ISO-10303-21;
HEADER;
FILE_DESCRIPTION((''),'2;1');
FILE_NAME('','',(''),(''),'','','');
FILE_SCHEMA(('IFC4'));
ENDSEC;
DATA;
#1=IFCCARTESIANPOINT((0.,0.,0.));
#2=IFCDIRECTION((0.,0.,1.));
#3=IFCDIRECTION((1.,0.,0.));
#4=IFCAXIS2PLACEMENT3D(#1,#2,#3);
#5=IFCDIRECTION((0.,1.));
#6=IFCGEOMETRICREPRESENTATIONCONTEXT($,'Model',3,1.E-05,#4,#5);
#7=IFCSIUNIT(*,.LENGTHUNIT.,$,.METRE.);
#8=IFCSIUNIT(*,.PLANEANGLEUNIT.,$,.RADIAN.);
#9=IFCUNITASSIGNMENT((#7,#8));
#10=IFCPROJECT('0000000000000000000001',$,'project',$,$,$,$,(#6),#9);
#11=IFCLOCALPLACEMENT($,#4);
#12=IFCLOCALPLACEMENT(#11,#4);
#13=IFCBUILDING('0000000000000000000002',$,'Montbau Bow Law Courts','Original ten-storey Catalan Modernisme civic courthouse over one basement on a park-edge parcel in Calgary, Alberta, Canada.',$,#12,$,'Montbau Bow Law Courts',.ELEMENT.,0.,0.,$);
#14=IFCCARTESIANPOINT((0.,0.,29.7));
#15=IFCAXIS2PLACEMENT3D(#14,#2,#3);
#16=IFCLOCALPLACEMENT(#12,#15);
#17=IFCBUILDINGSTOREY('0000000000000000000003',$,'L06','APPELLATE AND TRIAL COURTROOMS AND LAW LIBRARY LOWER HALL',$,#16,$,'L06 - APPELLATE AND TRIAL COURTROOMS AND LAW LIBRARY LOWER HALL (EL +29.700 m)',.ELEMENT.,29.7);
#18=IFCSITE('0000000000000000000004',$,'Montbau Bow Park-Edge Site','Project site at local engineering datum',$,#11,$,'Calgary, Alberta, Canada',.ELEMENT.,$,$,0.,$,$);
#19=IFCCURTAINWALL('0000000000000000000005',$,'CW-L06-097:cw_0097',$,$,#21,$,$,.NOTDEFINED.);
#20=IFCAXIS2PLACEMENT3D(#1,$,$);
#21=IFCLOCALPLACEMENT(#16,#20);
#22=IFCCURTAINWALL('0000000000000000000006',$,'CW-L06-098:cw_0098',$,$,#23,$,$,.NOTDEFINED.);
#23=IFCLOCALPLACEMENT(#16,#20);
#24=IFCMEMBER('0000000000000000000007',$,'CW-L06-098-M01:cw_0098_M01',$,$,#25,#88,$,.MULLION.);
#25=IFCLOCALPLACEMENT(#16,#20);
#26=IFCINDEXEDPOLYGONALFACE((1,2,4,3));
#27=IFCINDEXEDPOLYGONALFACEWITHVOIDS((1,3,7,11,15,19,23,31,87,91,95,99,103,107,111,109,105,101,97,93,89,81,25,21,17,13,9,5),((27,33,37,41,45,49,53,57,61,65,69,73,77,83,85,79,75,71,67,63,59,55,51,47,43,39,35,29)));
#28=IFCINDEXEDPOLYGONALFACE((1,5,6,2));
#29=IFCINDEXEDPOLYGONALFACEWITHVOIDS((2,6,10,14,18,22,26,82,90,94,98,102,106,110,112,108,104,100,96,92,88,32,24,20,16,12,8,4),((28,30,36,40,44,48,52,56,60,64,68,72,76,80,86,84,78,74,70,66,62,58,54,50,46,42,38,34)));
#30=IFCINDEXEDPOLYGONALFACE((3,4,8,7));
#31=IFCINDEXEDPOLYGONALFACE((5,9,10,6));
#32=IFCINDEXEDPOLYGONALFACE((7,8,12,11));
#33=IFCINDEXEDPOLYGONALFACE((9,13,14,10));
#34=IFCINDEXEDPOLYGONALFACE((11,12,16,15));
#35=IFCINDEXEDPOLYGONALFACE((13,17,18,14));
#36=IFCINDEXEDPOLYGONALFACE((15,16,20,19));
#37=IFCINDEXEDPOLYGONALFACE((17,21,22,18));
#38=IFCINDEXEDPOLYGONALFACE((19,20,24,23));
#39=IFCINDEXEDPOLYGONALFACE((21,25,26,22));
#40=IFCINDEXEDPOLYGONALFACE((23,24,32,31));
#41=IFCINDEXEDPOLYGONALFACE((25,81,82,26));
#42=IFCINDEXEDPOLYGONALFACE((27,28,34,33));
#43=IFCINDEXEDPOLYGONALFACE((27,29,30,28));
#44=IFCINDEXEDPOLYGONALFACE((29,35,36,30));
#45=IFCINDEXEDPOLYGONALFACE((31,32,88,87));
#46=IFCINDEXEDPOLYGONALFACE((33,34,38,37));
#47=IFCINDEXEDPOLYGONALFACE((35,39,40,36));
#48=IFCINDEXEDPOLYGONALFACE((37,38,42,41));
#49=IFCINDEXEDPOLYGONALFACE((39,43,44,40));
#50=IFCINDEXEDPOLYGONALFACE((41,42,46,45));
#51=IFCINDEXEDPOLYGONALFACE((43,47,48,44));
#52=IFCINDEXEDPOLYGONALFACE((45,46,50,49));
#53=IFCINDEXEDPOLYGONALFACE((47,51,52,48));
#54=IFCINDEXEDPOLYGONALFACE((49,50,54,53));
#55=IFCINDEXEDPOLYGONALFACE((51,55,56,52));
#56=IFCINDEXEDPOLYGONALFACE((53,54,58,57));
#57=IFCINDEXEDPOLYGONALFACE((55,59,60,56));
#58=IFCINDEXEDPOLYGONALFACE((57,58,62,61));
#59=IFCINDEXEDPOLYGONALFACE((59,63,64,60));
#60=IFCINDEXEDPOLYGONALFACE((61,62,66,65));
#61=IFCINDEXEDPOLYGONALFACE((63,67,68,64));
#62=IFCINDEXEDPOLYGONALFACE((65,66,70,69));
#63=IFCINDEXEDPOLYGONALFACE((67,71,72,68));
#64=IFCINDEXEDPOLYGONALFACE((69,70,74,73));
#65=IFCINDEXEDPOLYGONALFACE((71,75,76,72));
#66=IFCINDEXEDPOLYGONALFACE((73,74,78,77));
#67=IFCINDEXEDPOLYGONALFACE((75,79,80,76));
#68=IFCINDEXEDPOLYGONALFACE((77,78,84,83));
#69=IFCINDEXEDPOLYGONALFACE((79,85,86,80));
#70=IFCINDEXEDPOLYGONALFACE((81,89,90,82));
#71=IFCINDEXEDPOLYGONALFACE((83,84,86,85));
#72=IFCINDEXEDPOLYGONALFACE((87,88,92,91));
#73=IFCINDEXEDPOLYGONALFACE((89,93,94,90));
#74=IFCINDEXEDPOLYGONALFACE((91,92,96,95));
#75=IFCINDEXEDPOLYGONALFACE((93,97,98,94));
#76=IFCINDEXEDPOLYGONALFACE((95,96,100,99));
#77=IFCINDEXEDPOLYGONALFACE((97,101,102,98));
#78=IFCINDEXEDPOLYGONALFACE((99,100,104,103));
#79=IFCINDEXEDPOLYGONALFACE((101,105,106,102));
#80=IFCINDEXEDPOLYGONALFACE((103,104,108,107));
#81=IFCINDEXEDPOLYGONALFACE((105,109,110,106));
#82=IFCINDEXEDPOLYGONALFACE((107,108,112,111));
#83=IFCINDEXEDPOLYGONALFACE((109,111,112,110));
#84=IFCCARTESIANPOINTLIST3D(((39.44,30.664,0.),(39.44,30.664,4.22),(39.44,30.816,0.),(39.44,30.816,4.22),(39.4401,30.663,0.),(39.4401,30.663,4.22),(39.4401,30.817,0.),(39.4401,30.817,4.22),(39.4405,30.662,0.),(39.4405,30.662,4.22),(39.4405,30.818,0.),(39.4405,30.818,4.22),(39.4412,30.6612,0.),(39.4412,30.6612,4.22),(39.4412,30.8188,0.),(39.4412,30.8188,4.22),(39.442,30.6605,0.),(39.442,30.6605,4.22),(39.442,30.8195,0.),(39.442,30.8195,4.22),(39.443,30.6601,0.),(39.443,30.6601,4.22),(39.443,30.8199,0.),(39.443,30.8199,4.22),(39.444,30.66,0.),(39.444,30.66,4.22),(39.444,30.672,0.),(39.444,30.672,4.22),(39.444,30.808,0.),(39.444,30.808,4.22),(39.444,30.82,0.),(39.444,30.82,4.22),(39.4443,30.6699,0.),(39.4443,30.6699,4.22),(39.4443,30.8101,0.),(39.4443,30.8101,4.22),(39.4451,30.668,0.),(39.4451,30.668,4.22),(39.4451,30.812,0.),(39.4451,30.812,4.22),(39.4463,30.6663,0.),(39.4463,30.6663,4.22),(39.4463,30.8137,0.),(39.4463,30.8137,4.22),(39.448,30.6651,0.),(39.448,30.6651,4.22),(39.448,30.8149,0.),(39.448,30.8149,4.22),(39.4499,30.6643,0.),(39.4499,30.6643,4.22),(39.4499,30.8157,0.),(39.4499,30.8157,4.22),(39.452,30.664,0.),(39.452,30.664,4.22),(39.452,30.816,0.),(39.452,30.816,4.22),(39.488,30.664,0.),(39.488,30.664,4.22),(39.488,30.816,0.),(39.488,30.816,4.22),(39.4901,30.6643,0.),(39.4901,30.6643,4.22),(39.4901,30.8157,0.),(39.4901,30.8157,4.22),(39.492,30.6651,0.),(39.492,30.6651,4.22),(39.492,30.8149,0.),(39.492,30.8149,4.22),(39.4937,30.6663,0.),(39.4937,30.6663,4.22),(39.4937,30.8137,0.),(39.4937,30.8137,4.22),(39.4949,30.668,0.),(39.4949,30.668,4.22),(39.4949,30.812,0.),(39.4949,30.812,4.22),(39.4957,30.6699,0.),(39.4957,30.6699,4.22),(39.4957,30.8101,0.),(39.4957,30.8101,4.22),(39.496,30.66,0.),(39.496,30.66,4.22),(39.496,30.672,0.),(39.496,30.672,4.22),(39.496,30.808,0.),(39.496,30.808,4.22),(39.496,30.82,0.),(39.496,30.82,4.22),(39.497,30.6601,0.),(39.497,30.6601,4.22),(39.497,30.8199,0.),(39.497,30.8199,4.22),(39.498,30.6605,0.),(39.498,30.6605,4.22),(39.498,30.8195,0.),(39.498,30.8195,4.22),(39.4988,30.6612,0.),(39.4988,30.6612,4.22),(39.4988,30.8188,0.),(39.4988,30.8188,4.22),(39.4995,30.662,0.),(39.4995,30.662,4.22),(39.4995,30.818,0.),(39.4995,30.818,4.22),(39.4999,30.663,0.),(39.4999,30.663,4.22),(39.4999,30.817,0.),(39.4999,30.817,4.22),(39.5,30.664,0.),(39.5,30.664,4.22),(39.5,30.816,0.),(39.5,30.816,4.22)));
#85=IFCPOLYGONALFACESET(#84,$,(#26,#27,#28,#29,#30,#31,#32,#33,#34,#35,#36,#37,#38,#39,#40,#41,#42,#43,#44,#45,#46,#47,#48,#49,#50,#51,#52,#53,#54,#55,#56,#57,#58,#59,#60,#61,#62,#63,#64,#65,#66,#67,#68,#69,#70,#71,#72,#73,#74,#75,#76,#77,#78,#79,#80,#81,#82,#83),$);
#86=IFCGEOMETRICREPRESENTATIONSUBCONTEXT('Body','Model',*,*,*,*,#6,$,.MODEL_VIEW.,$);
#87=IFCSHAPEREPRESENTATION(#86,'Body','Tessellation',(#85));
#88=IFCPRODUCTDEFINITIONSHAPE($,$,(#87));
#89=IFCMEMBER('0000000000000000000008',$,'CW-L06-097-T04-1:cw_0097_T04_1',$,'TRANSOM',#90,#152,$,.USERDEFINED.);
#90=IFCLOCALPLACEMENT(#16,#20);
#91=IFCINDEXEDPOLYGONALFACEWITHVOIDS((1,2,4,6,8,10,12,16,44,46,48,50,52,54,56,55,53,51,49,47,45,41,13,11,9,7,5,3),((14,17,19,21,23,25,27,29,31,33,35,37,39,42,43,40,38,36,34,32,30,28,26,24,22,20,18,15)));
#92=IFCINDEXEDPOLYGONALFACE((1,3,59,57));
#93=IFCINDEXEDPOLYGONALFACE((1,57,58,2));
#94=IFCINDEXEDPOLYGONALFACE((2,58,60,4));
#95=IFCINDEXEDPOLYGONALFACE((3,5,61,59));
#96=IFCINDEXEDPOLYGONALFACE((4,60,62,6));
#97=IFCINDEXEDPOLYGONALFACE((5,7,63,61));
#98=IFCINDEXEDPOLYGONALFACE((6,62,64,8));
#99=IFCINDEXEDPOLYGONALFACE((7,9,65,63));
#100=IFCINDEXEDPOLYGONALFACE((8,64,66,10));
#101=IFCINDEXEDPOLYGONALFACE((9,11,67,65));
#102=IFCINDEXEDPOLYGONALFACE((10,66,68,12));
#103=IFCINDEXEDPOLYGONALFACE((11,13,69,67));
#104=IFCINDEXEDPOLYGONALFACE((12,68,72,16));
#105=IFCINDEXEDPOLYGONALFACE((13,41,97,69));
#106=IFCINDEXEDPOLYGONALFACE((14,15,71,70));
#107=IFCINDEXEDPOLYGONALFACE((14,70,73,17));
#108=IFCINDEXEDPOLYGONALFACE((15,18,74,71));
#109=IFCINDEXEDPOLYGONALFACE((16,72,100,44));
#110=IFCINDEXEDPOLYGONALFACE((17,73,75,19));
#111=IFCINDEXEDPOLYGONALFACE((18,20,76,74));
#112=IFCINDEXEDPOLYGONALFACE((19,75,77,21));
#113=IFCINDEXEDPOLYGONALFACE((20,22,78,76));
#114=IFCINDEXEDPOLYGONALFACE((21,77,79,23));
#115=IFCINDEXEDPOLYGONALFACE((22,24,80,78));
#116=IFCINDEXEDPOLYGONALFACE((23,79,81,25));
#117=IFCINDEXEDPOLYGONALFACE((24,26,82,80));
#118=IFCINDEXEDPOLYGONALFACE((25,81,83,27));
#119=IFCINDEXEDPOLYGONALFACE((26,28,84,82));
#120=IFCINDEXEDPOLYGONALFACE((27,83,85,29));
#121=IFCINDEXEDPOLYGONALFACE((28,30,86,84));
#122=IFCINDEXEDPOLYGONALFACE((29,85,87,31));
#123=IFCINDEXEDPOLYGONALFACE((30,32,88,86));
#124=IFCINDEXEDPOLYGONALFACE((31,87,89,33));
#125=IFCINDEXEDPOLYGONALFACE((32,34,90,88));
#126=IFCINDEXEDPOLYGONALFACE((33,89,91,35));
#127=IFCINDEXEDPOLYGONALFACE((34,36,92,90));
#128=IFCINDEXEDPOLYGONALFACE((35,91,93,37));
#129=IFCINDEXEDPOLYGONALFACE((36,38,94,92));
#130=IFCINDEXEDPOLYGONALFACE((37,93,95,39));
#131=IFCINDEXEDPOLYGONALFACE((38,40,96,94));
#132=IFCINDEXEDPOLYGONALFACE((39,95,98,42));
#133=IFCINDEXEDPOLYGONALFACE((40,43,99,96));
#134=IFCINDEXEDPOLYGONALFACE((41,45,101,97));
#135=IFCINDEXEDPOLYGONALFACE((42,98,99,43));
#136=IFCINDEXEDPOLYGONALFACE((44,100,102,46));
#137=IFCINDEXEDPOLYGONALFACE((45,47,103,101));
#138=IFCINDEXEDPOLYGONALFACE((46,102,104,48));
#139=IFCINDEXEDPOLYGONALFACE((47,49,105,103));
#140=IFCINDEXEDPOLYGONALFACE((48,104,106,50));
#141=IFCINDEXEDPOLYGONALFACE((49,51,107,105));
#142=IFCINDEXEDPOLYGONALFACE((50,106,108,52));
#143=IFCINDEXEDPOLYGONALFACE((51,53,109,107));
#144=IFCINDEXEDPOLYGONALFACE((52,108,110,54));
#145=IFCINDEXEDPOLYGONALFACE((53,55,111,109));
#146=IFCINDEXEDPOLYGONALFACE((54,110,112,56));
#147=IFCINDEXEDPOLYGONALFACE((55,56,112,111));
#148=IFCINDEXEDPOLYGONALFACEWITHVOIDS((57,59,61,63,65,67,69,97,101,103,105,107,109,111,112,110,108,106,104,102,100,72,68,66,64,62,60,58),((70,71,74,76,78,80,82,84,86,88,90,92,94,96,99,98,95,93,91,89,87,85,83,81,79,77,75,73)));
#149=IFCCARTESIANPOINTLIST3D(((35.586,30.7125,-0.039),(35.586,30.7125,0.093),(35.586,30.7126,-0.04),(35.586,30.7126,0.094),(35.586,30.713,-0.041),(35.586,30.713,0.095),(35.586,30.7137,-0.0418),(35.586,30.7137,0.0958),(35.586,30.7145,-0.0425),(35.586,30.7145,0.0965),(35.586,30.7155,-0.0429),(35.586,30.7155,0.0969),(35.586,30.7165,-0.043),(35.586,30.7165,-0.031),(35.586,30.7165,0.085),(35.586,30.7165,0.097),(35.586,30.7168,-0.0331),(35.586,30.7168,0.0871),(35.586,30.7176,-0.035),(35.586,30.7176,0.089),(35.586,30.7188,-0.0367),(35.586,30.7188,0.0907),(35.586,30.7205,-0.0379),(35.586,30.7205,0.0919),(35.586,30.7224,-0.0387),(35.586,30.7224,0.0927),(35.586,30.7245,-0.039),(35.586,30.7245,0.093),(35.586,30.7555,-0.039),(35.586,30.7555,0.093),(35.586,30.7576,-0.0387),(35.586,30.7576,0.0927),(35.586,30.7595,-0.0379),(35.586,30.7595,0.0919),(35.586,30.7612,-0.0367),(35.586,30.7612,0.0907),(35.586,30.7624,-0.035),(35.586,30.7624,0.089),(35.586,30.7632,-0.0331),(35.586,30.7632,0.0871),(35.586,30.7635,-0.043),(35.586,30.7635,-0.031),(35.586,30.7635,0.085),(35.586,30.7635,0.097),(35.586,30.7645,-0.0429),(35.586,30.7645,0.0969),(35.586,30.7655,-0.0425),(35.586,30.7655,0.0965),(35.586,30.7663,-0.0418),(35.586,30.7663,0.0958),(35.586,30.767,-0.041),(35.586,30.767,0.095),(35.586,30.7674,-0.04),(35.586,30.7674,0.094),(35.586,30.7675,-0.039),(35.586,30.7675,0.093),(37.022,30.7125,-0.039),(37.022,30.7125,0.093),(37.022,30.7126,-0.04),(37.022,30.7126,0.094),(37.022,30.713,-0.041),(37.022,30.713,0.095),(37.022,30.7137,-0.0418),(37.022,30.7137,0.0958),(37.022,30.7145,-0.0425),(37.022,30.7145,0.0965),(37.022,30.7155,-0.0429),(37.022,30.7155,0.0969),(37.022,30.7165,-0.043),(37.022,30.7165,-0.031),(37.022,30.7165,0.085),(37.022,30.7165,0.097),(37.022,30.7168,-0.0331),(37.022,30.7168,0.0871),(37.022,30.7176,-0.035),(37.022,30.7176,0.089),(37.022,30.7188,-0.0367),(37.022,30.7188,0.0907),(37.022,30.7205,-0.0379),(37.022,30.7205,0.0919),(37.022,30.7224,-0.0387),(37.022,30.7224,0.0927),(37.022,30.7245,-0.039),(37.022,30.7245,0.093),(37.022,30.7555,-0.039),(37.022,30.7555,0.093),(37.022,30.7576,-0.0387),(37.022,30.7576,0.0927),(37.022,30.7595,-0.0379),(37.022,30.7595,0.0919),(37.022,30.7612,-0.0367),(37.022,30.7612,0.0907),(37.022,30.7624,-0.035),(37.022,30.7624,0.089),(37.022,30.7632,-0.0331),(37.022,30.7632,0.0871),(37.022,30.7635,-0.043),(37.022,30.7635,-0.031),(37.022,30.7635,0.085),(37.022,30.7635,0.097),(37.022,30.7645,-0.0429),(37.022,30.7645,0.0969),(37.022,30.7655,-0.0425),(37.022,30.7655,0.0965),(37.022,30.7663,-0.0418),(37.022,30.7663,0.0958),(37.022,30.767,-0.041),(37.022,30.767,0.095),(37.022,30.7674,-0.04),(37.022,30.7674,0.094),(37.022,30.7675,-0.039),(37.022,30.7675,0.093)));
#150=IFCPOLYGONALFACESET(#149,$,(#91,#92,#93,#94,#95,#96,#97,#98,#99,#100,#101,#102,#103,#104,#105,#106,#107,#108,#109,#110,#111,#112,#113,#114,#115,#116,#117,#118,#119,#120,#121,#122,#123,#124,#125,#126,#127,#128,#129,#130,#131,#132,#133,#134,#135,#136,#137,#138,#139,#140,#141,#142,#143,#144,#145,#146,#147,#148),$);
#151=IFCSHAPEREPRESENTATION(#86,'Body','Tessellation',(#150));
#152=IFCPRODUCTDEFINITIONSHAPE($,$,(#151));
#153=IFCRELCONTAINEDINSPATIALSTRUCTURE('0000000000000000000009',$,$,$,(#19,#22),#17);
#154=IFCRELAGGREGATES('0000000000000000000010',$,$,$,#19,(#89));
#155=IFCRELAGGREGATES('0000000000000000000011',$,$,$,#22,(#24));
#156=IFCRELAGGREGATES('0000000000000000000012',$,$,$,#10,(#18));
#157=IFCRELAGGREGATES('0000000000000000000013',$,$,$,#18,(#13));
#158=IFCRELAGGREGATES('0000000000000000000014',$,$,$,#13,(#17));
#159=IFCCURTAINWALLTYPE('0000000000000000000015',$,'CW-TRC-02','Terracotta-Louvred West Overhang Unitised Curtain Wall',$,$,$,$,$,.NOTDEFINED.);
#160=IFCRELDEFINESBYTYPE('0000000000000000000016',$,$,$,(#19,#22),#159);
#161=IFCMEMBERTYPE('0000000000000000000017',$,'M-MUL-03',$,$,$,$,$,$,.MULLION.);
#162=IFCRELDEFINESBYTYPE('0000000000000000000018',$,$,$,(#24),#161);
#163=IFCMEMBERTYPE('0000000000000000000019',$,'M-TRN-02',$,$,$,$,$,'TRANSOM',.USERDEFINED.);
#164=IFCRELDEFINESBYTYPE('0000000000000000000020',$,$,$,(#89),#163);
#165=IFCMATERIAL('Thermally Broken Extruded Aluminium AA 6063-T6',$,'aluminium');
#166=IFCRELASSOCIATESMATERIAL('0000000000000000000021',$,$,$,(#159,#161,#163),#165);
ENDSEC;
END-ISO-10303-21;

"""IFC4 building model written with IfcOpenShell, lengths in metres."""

from ifc_helpers import new_model, si_unit, direction, frame, origin_with_axes, origin_2d_with_axis, place, context, subcontext, project, spatial, hollow_rectangle, extrude, material, material_profile, profile_set, type_object, element, aggregate, save


model = new_model("IFC4")

# Units and contexts
model_context = context("Model", 3, precision=1e-05, world=origin_with_axes(), true_north=direction((0.0, 1.0)))
body_context = subcontext(model_context, "Body", "Model", "MODEL_VIEW")
ifc_project = project(units=[si_unit("LENGTHUNIT", "METRE"), si_unit("PLANEANGLEUNIT", "RADIAN")], contexts=[model_context])

# Site, building, storey
site_placement = place(None, origin_with_axes())
site = spatial("IfcSite", under=ifc_project, at=site_placement, Name="Montbau Bow Park-Edge Site", Description="Project site at local engineering datum", LongName="Calgary, Alberta, Canada", CompositionType="ELEMENT", RefElevation=0.0)
building_placement = place(site_placement, origin_with_axes())
building = spatial("IfcBuilding", under=site, at=building_placement, Name="Montbau Bow Law Courts", Description="Original ten-storey Catalan Modernisme civic courthouse over one basement on a park-edge parcel in Calgary, Alberta, Canada.", LongName="Montbau Bow Law Courts", CompositionType="ELEMENT", ElevationOfRefHeight=0.0, ElevationOfTerrain=0.0)
storey_placement = place(building_placement, frame((0.0, 0.0, 29.7), z_axis=(0.0, 0.0, 1.0), x_axis=(1.0, 0.0, 0.0)))
storey = spatial("IfcBuildingStorey", under=building, at=storey_placement, Name="L06", Description="APPELLATE AND TRIAL COURTROOMS AND LAW LIBRARY LOWER HALL", LongName="L06 - APPELLATE AND TRIAL COURTROOMS AND LAW LIBRARY LOWER HALL (EL +29.700 m)", CompositionType="ELEMENT", Elevation=29.7)

# Curtain wall
ifc_material_1 = material(Name="Thermally Broken Extruded Aluminium AA 6063-T6", Category="aluminium")
curtain_wall_type = type_object("IfcCurtainWallType", Name="CW-TRC-02", Description="Terracotta-Louvred West Overhang Unitised Curtain Wall", PredefinedType="NOTDEFINED", material=ifc_material_1)
curtain_wall_1_placement = place(None, frame((31.04, 30.74, 29.7), z_axis=(0.0, 0.0, 1.0), x_axis=(1.0, 0.0, 0.0)))
curtain_wall_1 = element("IfcCurtainWall", 1, at=curtain_wall_1_placement, inside=storey, type_object=curtain_wall_type, Name="CW-L06-097:cw_0097", PredefinedType="NOTDEFINED")

# Curtain wall, member
curtain_wall_2_placement = place(None, frame((39.44, 30.74, 29.7), z_axis=(0.0, 0.0, 1.0), x_axis=(1.0, 0.0, 0.0)))
curtain_wall_2 = element("IfcCurtainWall", 2, at=curtain_wall_2_placement, inside=storey, type_object=curtain_wall_type, Name="CW-L06-098:cw_0098", PredefinedType="NOTDEFINED")
ifc_material_profile_1 = material_profile(ifc_material_1, hollow_rectangle(XDim=0.06, YDim=0.16, WallThickness=0.004, InnerFilletRadius=0.008, OuterFilletRadius=0.004, at=origin_2d_with_axis()), Name="CWM-160X60", Category="Main", Priority=0)
ifc_profile_set_1 = profile_set([ifc_material_profile_1], Name="Thermally Broken Extruded Aluminium AA 6063-T6")
member_type_1 = type_object("IfcMemberType", Name="M-MUL-03", PredefinedType="MULLION", material=ifc_profile_set_1)
member_1_placement = place(None, frame((39.47, 30.74, 29.7), z_axis=(0.0, 0.0, 1.0), x_axis=(1.0, 0.0, 0.0)))
member_1 = element("IfcMember", 3, at=member_1_placement, type_object=member_type_1, Name="CW-L06-098-M01:cw_0098_M01", PredefinedType="MULLION", context=body_context, shape_type="SweptSolid", body=[
    extrude(hollow_rectangle(XDim=0.06, YDim=0.16, WallThickness=0.004, InnerFilletRadius=0.008, OuterFilletRadius=0.004, at=origin_2d_with_axis()), origin_with_axes(), (0.0, 0.0, 1.0), 4.22),
])

# Member
ifc_material_profile_2 = material_profile(ifc_material_1, hollow_rectangle(XDim=0.055, YDim=0.14, WallThickness=0.004, InnerFilletRadius=0.008, OuterFilletRadius=0.004, at=origin_2d_with_axis()), Name="CWT-140X55", Category="Main", Priority=0)
ifc_profile_set_2 = profile_set([ifc_material_profile_2], Name="Thermally Broken Extruded Aluminium AA 6063-T6")
member_type_2 = type_object("IfcMemberType", Name="M-TRN-02", ElementType="TRANSOM", PredefinedType="USERDEFINED", material=ifc_profile_set_2)
member_2_placement = place(None, frame((35.586, 30.74, 29.727), z_axis=(1.0, 0.0, 0.0), x_axis=(0.0, 1.0, 0.0)))
member_2 = element("IfcMember", 4, at=member_2_placement, type_object=member_type_2, Name="CW-L06-097-T04-1:cw_0097_T04_1", ObjectType="TRANSOM", PredefinedType="USERDEFINED", context=body_context, shape_type="SweptSolid", body=[
    extrude(hollow_rectangle(XDim=0.055, YDim=0.14, WallThickness=0.004, InnerFilletRadius=0.008, OuterFilletRadius=0.004, at=origin_2d_with_axis()), origin_with_axes(), (0.0, 0.0, 1.0), 1.436),
])

aggregate(curtain_wall_1, [member_2])
aggregate(curtain_wall_2, [member_1])

save(model, "model.ifc")
